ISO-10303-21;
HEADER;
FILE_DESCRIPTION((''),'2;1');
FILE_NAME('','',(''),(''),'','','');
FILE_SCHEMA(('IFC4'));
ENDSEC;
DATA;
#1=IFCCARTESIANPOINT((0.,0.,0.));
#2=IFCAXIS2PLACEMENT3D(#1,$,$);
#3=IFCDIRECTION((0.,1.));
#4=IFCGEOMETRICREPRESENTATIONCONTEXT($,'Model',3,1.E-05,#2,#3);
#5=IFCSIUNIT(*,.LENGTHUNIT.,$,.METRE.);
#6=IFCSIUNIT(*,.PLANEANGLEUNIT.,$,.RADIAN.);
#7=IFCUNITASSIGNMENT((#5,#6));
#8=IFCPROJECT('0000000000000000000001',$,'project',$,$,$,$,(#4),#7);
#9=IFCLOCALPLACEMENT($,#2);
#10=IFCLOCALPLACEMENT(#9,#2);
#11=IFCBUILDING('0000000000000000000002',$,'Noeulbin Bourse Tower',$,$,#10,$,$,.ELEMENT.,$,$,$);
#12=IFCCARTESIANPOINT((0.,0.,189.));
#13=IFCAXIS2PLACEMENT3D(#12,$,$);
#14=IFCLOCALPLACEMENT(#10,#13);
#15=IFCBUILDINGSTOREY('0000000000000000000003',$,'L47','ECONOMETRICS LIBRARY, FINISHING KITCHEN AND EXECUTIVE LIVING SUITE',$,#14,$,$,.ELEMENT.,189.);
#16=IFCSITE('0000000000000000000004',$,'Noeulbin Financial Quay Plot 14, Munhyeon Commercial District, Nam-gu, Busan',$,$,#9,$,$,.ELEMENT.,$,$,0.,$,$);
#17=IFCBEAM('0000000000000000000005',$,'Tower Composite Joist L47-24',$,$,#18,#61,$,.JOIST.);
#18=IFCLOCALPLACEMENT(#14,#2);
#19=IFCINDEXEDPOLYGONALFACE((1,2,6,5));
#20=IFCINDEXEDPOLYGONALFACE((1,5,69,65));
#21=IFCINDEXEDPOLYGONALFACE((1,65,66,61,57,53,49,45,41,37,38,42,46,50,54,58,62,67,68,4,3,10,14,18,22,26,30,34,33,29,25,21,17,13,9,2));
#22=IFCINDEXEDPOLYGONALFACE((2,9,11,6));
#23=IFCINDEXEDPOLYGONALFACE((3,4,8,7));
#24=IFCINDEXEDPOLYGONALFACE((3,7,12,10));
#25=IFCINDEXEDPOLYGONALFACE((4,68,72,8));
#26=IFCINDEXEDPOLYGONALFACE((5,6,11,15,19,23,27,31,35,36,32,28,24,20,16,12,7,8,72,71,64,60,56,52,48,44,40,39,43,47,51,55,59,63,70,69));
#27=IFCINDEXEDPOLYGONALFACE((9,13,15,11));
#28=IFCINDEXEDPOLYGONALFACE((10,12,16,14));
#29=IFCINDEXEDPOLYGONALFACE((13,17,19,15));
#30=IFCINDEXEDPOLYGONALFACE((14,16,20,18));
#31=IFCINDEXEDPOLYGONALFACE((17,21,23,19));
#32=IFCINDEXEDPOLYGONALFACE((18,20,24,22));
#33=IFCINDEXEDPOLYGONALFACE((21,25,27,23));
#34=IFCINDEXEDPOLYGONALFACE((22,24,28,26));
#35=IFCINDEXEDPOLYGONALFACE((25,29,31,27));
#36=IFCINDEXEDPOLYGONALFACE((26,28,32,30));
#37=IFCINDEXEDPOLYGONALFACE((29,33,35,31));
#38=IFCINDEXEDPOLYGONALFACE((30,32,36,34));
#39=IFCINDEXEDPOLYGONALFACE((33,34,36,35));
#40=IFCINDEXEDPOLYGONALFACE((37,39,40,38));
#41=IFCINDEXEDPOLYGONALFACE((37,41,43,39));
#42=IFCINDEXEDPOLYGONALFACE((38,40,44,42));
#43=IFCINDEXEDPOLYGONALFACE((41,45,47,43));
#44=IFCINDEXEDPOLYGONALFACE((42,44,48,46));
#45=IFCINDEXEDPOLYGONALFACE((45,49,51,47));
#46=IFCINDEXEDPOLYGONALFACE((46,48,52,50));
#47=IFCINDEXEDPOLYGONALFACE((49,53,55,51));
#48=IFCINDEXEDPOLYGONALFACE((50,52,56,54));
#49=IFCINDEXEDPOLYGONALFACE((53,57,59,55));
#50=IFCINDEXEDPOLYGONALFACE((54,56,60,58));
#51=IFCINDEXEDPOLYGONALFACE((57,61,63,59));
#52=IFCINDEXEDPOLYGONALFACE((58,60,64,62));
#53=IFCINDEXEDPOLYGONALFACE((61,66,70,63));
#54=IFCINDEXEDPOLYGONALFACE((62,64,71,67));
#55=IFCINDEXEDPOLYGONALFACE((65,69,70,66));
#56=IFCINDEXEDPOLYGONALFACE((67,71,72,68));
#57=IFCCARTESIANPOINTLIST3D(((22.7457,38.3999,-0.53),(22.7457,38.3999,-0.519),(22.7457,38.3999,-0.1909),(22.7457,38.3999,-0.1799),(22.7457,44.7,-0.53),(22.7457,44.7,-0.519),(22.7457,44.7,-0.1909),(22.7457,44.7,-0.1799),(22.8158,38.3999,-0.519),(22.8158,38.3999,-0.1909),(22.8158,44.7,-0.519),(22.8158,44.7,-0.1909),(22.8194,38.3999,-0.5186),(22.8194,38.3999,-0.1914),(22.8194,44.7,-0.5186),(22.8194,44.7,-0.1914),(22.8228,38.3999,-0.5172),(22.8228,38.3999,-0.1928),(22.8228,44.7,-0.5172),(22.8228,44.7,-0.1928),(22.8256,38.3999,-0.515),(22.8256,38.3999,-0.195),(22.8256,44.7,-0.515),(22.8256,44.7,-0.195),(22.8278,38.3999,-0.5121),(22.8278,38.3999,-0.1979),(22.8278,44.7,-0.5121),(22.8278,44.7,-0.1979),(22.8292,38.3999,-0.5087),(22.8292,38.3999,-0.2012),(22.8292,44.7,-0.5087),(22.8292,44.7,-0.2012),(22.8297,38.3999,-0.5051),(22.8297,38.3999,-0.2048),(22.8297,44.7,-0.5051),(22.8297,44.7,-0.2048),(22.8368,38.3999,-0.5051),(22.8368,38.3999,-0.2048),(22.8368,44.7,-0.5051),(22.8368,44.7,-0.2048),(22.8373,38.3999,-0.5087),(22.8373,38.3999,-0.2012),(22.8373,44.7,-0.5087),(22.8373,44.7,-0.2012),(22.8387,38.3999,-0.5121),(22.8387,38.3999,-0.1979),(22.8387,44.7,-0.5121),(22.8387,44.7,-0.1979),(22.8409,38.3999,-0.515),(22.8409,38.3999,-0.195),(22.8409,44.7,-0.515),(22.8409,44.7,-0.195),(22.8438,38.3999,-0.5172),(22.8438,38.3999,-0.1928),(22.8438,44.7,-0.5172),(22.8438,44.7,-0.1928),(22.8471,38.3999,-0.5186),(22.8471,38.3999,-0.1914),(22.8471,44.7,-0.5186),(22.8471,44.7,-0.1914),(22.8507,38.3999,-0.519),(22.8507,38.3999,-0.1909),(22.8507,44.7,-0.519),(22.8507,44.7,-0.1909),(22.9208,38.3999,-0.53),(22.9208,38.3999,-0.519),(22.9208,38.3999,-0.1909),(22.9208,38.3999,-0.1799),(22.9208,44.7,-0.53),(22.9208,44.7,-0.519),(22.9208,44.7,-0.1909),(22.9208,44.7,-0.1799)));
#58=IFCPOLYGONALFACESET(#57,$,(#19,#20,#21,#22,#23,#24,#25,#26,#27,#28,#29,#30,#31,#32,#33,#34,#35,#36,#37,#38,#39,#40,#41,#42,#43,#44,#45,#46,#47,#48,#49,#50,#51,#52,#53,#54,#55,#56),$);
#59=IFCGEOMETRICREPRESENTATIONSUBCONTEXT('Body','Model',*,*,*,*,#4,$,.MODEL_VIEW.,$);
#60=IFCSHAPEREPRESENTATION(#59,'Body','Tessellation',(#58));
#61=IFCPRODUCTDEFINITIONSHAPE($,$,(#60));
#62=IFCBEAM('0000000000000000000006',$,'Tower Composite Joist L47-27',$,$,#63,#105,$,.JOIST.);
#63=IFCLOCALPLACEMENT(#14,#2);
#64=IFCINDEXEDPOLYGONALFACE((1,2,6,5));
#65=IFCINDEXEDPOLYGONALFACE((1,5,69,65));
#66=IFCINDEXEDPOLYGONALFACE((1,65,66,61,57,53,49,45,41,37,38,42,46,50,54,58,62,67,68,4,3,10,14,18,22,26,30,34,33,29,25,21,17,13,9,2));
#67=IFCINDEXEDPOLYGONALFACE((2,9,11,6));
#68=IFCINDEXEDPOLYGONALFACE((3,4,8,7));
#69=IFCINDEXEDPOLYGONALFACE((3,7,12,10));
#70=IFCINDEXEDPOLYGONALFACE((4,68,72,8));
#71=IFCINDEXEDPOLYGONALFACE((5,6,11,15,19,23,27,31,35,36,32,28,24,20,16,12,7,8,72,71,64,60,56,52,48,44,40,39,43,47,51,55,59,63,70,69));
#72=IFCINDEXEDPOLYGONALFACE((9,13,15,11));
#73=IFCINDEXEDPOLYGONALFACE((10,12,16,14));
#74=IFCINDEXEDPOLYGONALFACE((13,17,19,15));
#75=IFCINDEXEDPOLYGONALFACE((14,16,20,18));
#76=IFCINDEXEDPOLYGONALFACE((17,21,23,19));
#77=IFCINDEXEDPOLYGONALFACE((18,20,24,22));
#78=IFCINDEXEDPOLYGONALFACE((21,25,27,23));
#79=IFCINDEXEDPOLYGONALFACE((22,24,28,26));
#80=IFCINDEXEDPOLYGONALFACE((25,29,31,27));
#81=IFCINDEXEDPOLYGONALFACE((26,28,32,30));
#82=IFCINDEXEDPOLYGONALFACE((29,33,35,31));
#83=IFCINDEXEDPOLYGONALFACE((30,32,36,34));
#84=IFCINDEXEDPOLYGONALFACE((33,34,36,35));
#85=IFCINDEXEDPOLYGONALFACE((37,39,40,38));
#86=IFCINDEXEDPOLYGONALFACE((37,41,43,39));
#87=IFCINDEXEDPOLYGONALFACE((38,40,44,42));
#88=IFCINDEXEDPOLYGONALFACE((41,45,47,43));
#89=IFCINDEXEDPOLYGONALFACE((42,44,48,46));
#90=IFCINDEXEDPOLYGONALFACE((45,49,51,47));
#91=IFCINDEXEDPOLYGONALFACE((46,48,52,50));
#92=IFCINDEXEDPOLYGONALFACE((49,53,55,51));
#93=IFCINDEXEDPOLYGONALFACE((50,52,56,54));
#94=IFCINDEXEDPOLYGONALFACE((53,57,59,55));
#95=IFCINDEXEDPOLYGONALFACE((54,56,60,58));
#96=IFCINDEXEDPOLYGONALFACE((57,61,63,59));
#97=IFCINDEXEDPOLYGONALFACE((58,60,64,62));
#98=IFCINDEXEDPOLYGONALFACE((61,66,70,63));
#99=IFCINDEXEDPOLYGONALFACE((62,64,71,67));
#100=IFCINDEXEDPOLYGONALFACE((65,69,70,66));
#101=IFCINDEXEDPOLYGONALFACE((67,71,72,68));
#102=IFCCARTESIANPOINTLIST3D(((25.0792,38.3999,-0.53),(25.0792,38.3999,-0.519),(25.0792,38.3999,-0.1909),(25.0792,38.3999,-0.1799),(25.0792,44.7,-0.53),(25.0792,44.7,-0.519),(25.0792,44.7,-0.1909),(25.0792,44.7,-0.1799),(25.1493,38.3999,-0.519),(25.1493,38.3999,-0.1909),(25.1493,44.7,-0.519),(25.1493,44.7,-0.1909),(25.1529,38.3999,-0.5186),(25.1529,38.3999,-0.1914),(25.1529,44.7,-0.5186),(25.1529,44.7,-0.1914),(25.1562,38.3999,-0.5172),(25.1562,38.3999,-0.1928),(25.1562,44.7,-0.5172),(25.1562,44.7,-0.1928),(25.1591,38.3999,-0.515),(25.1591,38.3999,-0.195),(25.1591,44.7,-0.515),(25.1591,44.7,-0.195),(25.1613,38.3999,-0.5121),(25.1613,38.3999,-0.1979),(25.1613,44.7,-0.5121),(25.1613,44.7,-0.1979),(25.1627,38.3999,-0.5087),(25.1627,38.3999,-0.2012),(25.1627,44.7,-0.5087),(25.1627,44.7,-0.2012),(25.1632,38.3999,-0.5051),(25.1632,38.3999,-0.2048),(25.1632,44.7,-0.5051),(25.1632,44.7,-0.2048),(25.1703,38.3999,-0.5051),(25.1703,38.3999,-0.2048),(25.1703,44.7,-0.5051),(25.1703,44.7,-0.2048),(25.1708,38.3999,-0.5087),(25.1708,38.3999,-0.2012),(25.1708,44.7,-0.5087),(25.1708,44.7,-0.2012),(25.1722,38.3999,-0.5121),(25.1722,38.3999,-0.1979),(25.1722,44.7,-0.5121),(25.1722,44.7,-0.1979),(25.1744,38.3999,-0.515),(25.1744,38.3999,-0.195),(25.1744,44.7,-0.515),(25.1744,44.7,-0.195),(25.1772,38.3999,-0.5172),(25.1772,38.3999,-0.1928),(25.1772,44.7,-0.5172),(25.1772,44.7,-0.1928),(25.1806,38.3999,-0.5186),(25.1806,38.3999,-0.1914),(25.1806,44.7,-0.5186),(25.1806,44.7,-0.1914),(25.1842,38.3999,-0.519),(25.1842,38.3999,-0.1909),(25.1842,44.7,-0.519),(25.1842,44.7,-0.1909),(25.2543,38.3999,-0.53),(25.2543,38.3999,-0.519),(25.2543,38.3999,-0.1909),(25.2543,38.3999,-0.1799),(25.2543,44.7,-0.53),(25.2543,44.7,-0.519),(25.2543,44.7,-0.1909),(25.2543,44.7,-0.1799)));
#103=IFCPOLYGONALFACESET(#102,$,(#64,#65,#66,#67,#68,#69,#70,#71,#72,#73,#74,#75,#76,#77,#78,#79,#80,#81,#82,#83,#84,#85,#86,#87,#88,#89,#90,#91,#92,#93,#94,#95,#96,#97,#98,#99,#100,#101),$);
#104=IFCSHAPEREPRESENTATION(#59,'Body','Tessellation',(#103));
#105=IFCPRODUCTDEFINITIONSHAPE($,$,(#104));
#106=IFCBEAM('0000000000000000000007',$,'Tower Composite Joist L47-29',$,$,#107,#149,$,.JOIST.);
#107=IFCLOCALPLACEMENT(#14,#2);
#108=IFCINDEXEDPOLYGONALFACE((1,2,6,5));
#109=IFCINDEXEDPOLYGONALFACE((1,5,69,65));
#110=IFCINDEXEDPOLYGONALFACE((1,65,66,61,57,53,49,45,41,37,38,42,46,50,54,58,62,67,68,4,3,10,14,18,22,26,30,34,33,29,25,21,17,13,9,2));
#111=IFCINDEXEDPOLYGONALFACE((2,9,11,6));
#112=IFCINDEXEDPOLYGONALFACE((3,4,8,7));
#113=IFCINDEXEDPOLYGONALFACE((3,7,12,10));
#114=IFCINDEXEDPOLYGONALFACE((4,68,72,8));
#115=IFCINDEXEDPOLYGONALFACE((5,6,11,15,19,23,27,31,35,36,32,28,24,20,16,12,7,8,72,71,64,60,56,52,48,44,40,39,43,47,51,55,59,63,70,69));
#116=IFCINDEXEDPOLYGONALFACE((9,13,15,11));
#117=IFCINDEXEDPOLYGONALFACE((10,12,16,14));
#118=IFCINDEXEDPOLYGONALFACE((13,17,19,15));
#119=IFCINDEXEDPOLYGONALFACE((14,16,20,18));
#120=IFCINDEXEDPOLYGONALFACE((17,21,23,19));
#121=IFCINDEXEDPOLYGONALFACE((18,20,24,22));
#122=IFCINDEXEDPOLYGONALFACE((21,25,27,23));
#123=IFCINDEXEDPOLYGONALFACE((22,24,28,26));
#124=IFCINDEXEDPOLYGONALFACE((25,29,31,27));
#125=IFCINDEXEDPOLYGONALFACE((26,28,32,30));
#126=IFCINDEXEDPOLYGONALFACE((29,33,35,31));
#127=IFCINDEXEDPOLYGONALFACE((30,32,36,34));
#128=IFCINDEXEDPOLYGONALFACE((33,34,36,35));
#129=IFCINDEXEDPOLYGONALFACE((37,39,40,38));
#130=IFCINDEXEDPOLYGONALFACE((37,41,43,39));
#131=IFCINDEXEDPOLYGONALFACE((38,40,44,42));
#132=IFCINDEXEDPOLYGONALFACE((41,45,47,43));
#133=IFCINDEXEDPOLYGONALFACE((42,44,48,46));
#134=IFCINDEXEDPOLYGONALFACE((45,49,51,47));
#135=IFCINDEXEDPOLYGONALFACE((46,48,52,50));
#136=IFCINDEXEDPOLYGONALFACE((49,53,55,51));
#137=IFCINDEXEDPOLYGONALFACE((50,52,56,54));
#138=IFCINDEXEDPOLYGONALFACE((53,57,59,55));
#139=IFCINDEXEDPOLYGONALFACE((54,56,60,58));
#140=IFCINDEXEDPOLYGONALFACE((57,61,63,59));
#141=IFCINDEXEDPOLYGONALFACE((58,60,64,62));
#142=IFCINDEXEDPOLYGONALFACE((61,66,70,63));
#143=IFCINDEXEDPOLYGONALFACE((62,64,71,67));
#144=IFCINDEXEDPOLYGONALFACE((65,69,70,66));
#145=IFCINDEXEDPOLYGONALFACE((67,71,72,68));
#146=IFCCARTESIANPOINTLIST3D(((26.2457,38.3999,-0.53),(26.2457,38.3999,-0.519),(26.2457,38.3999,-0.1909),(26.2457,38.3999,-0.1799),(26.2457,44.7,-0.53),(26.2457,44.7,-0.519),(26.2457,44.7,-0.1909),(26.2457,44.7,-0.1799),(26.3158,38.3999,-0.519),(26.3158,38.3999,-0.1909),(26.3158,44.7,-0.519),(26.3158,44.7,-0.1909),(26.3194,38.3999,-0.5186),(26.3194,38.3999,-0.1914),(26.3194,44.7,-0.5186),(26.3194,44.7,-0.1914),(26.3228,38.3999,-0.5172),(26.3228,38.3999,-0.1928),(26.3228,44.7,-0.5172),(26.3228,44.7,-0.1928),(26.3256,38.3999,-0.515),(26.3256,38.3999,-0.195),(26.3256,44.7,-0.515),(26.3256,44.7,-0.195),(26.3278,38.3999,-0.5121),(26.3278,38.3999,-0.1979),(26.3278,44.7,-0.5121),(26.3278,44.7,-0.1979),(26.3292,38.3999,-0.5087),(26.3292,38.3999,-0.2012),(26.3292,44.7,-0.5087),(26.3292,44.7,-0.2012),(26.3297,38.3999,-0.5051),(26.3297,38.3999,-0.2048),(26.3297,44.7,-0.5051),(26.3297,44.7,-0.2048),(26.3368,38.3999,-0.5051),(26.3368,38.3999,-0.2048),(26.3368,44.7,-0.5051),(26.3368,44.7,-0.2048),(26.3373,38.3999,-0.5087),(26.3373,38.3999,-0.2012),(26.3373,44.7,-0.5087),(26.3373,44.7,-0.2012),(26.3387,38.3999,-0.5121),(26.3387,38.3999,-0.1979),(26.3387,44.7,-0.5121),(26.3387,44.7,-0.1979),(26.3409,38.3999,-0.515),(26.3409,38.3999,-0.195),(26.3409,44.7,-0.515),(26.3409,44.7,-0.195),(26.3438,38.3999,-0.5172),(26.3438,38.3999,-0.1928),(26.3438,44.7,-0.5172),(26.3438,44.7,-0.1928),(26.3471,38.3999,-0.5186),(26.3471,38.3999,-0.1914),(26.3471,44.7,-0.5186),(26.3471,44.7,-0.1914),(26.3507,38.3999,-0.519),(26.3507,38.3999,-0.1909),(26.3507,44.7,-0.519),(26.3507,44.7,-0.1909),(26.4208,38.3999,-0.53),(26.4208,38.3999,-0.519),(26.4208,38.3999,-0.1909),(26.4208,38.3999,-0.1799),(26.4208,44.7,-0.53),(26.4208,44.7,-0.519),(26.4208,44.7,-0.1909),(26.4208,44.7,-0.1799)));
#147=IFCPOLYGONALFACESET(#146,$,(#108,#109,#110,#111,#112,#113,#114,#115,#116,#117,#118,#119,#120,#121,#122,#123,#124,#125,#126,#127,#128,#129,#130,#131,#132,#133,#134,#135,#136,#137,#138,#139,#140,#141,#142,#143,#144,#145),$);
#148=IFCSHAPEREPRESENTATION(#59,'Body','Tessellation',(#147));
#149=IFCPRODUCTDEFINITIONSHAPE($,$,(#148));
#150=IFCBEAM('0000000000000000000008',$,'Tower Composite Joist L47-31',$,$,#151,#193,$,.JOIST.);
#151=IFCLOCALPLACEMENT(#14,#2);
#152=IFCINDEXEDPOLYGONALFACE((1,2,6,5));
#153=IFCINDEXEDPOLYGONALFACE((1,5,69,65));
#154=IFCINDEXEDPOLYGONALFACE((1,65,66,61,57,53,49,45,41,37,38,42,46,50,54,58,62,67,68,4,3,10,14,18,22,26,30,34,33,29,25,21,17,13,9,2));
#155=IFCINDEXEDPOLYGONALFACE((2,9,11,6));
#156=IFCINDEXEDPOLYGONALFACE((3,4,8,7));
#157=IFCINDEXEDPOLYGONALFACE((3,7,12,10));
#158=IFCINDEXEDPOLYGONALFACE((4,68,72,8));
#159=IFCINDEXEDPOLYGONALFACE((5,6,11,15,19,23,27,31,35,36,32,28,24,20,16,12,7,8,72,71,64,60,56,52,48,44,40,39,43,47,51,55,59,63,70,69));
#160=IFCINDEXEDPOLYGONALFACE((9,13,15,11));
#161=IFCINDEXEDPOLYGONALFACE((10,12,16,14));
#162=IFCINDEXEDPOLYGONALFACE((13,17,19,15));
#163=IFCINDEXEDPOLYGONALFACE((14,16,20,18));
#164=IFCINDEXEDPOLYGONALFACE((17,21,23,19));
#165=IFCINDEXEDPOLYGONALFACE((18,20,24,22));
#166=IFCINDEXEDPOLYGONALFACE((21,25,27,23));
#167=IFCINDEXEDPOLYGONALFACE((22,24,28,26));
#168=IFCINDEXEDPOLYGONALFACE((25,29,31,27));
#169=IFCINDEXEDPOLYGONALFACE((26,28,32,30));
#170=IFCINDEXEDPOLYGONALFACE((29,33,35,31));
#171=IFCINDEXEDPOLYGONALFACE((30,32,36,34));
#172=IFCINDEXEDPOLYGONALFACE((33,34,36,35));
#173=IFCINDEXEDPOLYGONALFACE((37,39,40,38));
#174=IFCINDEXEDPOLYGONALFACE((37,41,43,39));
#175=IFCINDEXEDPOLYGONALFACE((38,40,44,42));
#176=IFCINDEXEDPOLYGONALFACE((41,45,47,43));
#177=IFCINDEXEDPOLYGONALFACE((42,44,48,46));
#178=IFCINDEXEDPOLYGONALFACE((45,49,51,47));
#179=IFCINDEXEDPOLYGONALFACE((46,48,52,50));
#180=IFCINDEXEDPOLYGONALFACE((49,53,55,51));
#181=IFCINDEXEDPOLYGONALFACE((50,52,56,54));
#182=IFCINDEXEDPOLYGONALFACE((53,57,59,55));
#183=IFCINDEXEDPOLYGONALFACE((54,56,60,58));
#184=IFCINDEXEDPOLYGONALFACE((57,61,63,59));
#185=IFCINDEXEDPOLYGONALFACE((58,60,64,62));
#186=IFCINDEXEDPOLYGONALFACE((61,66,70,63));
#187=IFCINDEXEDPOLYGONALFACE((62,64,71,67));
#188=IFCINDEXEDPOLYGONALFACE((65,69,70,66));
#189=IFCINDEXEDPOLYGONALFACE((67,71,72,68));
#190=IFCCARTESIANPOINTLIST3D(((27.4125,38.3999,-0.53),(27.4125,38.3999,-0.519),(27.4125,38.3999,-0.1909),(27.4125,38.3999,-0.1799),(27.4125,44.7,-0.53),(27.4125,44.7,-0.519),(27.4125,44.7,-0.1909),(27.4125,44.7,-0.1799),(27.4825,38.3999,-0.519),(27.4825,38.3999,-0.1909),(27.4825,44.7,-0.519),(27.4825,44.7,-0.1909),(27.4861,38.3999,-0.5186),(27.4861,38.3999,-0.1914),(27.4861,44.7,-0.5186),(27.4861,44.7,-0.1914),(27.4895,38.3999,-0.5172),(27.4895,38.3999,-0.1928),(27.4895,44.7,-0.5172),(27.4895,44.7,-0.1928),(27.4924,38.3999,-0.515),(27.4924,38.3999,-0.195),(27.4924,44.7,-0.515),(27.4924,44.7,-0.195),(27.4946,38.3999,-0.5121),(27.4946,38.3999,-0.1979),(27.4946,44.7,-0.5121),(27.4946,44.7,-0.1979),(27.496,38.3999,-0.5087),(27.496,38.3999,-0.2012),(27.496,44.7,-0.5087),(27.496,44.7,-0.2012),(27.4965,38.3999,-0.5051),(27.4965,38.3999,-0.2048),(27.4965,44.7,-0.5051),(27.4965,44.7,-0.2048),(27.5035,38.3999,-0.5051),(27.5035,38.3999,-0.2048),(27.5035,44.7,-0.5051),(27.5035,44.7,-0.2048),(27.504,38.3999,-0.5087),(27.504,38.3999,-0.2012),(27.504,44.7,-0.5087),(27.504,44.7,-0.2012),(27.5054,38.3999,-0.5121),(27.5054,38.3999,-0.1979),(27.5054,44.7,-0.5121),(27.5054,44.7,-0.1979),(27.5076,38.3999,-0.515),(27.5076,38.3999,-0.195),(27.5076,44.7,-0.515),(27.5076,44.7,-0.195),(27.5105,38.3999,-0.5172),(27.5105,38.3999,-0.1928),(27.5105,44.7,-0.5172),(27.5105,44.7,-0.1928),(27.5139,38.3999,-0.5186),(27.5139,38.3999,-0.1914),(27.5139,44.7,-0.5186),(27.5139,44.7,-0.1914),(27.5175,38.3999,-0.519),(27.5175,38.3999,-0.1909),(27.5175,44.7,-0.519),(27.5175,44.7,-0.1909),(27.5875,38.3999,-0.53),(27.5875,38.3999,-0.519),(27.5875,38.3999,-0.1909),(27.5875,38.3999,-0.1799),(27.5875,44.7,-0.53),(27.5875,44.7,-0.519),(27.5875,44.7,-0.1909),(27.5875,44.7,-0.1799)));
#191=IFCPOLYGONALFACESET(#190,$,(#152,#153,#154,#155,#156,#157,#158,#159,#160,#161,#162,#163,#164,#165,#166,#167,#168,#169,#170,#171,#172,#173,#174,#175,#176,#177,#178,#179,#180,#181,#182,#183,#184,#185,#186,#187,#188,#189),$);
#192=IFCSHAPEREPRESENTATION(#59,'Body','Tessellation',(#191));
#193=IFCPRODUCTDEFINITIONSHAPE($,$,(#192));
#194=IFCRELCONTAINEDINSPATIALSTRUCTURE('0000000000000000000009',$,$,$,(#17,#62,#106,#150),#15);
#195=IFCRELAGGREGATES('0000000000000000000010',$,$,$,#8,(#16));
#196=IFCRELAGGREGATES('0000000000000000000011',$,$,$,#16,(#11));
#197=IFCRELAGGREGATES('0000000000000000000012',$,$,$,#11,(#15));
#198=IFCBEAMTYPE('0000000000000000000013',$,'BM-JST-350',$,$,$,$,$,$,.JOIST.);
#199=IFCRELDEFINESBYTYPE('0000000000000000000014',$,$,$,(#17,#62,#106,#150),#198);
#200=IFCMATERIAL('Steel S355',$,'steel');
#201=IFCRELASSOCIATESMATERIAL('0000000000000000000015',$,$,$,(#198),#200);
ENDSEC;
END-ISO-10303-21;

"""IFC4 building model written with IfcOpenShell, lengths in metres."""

from ifc_helpers import new_model, si_unit, direction, frame, origin, origin_2d, place, context, subcontext, project, spatial, i_section, extrude, material, material_profile, profile_set, type_object, element, save


model = new_model("IFC4")

# Units and contexts
model_context = context("Model", 3, precision=1e-05, world=origin(), true_north=direction((0.0, 1.0)))
body_context = subcontext(model_context, "Body", "Model", "MODEL_VIEW")
ifc_project = project(units=[si_unit("LENGTHUNIT", "METRE"), si_unit("PLANEANGLEUNIT", "RADIAN")], contexts=[model_context])

# Site, building, storey
site_placement = place(None, origin())
site = spatial("IfcSite", under=ifc_project, at=site_placement, Name="Noeulbin Financial Quay Plot 14, Munhyeon Commercial District, Nam-gu, Busan", CompositionType="ELEMENT", RefElevation=0.0)
building_placement = place(site_placement, origin())
building = spatial("IfcBuilding", under=site, at=building_placement, Name="Noeulbin Bourse Tower", CompositionType="ELEMENT")
storey_placement = place(building_placement, frame((0.0, 0.0, 189.0)))
storey = spatial("IfcBuildingStorey", under=building, at=storey_placement, Name="L47", Description="ECONOMETRICS LIBRARY, FINISHING KITCHEN AND EXECUTIVE LIVING SUITE", CompositionType="ELEMENT", Elevation=189.0)

# Shared definitions
ifc_material_1 = material(Name="Steel S355", Category="steel")

# Beams
ifc_material_profile_1 = material_profile(ifc_material_1, i_section(OverallWidth=0.175, OverallDepth=0.3501, WebThickness=0.0071, FlangeThickness=0.011, FilletRadius=0.0139, at=origin_2d()), Name="H-350x175x7x11", Category="LoadBearing")
ifc_profile_set_1 = profile_set([ifc_material_profile_1], Name="Steel S355")
beam_type_1 = type_object("IfcBeamType", Name="BM-JST-350", PredefinedType="JOIST", material=ifc_profile_set_1)
for number, where, z_axis, x_axis, name in (
    (1, (22.8333, 38.3999, -0.355), (0.0, 1.0, 0.0), (-1.0, 0.0, 0.0), "Tower Composite Joist L47-24"),
    (2, (25.1667, 38.3999, -0.355), (0.0, 1.0, 0.0), (-1.0, 0.0, 0.0), "Tower Composite Joist L47-27"),
    (3, (26.3333, 38.3999, -0.355), (0.0, 1.0, 0.0), (-1.0, 0.0, 0.0), "Tower Composite Joist L47-29"),
    (4, (27.5, 38.3999, -0.355), (0.0, 1.0, 0.0), (-1.0, 0.0, 0.0), "Tower Composite Joist L47-31"),
):
    element("IfcBeam", number, at=place(storey_placement, frame(where, z_axis=z_axis, x_axis=x_axis)), inside=storey, type_object=beam_type_1, Name=name, PredefinedType="JOIST", context=body_context, shape_type="SweptSolid", body=[
        extrude(i_section(OverallWidth=0.175, OverallDepth=0.3501, WebThickness=0.0071, FlangeThickness=0.011, FilletRadius=0.0139, at=origin_2d()), origin(), (0.0, 0.0, 1.0), 6.3),
    ])

save(model, "model.ifc")
